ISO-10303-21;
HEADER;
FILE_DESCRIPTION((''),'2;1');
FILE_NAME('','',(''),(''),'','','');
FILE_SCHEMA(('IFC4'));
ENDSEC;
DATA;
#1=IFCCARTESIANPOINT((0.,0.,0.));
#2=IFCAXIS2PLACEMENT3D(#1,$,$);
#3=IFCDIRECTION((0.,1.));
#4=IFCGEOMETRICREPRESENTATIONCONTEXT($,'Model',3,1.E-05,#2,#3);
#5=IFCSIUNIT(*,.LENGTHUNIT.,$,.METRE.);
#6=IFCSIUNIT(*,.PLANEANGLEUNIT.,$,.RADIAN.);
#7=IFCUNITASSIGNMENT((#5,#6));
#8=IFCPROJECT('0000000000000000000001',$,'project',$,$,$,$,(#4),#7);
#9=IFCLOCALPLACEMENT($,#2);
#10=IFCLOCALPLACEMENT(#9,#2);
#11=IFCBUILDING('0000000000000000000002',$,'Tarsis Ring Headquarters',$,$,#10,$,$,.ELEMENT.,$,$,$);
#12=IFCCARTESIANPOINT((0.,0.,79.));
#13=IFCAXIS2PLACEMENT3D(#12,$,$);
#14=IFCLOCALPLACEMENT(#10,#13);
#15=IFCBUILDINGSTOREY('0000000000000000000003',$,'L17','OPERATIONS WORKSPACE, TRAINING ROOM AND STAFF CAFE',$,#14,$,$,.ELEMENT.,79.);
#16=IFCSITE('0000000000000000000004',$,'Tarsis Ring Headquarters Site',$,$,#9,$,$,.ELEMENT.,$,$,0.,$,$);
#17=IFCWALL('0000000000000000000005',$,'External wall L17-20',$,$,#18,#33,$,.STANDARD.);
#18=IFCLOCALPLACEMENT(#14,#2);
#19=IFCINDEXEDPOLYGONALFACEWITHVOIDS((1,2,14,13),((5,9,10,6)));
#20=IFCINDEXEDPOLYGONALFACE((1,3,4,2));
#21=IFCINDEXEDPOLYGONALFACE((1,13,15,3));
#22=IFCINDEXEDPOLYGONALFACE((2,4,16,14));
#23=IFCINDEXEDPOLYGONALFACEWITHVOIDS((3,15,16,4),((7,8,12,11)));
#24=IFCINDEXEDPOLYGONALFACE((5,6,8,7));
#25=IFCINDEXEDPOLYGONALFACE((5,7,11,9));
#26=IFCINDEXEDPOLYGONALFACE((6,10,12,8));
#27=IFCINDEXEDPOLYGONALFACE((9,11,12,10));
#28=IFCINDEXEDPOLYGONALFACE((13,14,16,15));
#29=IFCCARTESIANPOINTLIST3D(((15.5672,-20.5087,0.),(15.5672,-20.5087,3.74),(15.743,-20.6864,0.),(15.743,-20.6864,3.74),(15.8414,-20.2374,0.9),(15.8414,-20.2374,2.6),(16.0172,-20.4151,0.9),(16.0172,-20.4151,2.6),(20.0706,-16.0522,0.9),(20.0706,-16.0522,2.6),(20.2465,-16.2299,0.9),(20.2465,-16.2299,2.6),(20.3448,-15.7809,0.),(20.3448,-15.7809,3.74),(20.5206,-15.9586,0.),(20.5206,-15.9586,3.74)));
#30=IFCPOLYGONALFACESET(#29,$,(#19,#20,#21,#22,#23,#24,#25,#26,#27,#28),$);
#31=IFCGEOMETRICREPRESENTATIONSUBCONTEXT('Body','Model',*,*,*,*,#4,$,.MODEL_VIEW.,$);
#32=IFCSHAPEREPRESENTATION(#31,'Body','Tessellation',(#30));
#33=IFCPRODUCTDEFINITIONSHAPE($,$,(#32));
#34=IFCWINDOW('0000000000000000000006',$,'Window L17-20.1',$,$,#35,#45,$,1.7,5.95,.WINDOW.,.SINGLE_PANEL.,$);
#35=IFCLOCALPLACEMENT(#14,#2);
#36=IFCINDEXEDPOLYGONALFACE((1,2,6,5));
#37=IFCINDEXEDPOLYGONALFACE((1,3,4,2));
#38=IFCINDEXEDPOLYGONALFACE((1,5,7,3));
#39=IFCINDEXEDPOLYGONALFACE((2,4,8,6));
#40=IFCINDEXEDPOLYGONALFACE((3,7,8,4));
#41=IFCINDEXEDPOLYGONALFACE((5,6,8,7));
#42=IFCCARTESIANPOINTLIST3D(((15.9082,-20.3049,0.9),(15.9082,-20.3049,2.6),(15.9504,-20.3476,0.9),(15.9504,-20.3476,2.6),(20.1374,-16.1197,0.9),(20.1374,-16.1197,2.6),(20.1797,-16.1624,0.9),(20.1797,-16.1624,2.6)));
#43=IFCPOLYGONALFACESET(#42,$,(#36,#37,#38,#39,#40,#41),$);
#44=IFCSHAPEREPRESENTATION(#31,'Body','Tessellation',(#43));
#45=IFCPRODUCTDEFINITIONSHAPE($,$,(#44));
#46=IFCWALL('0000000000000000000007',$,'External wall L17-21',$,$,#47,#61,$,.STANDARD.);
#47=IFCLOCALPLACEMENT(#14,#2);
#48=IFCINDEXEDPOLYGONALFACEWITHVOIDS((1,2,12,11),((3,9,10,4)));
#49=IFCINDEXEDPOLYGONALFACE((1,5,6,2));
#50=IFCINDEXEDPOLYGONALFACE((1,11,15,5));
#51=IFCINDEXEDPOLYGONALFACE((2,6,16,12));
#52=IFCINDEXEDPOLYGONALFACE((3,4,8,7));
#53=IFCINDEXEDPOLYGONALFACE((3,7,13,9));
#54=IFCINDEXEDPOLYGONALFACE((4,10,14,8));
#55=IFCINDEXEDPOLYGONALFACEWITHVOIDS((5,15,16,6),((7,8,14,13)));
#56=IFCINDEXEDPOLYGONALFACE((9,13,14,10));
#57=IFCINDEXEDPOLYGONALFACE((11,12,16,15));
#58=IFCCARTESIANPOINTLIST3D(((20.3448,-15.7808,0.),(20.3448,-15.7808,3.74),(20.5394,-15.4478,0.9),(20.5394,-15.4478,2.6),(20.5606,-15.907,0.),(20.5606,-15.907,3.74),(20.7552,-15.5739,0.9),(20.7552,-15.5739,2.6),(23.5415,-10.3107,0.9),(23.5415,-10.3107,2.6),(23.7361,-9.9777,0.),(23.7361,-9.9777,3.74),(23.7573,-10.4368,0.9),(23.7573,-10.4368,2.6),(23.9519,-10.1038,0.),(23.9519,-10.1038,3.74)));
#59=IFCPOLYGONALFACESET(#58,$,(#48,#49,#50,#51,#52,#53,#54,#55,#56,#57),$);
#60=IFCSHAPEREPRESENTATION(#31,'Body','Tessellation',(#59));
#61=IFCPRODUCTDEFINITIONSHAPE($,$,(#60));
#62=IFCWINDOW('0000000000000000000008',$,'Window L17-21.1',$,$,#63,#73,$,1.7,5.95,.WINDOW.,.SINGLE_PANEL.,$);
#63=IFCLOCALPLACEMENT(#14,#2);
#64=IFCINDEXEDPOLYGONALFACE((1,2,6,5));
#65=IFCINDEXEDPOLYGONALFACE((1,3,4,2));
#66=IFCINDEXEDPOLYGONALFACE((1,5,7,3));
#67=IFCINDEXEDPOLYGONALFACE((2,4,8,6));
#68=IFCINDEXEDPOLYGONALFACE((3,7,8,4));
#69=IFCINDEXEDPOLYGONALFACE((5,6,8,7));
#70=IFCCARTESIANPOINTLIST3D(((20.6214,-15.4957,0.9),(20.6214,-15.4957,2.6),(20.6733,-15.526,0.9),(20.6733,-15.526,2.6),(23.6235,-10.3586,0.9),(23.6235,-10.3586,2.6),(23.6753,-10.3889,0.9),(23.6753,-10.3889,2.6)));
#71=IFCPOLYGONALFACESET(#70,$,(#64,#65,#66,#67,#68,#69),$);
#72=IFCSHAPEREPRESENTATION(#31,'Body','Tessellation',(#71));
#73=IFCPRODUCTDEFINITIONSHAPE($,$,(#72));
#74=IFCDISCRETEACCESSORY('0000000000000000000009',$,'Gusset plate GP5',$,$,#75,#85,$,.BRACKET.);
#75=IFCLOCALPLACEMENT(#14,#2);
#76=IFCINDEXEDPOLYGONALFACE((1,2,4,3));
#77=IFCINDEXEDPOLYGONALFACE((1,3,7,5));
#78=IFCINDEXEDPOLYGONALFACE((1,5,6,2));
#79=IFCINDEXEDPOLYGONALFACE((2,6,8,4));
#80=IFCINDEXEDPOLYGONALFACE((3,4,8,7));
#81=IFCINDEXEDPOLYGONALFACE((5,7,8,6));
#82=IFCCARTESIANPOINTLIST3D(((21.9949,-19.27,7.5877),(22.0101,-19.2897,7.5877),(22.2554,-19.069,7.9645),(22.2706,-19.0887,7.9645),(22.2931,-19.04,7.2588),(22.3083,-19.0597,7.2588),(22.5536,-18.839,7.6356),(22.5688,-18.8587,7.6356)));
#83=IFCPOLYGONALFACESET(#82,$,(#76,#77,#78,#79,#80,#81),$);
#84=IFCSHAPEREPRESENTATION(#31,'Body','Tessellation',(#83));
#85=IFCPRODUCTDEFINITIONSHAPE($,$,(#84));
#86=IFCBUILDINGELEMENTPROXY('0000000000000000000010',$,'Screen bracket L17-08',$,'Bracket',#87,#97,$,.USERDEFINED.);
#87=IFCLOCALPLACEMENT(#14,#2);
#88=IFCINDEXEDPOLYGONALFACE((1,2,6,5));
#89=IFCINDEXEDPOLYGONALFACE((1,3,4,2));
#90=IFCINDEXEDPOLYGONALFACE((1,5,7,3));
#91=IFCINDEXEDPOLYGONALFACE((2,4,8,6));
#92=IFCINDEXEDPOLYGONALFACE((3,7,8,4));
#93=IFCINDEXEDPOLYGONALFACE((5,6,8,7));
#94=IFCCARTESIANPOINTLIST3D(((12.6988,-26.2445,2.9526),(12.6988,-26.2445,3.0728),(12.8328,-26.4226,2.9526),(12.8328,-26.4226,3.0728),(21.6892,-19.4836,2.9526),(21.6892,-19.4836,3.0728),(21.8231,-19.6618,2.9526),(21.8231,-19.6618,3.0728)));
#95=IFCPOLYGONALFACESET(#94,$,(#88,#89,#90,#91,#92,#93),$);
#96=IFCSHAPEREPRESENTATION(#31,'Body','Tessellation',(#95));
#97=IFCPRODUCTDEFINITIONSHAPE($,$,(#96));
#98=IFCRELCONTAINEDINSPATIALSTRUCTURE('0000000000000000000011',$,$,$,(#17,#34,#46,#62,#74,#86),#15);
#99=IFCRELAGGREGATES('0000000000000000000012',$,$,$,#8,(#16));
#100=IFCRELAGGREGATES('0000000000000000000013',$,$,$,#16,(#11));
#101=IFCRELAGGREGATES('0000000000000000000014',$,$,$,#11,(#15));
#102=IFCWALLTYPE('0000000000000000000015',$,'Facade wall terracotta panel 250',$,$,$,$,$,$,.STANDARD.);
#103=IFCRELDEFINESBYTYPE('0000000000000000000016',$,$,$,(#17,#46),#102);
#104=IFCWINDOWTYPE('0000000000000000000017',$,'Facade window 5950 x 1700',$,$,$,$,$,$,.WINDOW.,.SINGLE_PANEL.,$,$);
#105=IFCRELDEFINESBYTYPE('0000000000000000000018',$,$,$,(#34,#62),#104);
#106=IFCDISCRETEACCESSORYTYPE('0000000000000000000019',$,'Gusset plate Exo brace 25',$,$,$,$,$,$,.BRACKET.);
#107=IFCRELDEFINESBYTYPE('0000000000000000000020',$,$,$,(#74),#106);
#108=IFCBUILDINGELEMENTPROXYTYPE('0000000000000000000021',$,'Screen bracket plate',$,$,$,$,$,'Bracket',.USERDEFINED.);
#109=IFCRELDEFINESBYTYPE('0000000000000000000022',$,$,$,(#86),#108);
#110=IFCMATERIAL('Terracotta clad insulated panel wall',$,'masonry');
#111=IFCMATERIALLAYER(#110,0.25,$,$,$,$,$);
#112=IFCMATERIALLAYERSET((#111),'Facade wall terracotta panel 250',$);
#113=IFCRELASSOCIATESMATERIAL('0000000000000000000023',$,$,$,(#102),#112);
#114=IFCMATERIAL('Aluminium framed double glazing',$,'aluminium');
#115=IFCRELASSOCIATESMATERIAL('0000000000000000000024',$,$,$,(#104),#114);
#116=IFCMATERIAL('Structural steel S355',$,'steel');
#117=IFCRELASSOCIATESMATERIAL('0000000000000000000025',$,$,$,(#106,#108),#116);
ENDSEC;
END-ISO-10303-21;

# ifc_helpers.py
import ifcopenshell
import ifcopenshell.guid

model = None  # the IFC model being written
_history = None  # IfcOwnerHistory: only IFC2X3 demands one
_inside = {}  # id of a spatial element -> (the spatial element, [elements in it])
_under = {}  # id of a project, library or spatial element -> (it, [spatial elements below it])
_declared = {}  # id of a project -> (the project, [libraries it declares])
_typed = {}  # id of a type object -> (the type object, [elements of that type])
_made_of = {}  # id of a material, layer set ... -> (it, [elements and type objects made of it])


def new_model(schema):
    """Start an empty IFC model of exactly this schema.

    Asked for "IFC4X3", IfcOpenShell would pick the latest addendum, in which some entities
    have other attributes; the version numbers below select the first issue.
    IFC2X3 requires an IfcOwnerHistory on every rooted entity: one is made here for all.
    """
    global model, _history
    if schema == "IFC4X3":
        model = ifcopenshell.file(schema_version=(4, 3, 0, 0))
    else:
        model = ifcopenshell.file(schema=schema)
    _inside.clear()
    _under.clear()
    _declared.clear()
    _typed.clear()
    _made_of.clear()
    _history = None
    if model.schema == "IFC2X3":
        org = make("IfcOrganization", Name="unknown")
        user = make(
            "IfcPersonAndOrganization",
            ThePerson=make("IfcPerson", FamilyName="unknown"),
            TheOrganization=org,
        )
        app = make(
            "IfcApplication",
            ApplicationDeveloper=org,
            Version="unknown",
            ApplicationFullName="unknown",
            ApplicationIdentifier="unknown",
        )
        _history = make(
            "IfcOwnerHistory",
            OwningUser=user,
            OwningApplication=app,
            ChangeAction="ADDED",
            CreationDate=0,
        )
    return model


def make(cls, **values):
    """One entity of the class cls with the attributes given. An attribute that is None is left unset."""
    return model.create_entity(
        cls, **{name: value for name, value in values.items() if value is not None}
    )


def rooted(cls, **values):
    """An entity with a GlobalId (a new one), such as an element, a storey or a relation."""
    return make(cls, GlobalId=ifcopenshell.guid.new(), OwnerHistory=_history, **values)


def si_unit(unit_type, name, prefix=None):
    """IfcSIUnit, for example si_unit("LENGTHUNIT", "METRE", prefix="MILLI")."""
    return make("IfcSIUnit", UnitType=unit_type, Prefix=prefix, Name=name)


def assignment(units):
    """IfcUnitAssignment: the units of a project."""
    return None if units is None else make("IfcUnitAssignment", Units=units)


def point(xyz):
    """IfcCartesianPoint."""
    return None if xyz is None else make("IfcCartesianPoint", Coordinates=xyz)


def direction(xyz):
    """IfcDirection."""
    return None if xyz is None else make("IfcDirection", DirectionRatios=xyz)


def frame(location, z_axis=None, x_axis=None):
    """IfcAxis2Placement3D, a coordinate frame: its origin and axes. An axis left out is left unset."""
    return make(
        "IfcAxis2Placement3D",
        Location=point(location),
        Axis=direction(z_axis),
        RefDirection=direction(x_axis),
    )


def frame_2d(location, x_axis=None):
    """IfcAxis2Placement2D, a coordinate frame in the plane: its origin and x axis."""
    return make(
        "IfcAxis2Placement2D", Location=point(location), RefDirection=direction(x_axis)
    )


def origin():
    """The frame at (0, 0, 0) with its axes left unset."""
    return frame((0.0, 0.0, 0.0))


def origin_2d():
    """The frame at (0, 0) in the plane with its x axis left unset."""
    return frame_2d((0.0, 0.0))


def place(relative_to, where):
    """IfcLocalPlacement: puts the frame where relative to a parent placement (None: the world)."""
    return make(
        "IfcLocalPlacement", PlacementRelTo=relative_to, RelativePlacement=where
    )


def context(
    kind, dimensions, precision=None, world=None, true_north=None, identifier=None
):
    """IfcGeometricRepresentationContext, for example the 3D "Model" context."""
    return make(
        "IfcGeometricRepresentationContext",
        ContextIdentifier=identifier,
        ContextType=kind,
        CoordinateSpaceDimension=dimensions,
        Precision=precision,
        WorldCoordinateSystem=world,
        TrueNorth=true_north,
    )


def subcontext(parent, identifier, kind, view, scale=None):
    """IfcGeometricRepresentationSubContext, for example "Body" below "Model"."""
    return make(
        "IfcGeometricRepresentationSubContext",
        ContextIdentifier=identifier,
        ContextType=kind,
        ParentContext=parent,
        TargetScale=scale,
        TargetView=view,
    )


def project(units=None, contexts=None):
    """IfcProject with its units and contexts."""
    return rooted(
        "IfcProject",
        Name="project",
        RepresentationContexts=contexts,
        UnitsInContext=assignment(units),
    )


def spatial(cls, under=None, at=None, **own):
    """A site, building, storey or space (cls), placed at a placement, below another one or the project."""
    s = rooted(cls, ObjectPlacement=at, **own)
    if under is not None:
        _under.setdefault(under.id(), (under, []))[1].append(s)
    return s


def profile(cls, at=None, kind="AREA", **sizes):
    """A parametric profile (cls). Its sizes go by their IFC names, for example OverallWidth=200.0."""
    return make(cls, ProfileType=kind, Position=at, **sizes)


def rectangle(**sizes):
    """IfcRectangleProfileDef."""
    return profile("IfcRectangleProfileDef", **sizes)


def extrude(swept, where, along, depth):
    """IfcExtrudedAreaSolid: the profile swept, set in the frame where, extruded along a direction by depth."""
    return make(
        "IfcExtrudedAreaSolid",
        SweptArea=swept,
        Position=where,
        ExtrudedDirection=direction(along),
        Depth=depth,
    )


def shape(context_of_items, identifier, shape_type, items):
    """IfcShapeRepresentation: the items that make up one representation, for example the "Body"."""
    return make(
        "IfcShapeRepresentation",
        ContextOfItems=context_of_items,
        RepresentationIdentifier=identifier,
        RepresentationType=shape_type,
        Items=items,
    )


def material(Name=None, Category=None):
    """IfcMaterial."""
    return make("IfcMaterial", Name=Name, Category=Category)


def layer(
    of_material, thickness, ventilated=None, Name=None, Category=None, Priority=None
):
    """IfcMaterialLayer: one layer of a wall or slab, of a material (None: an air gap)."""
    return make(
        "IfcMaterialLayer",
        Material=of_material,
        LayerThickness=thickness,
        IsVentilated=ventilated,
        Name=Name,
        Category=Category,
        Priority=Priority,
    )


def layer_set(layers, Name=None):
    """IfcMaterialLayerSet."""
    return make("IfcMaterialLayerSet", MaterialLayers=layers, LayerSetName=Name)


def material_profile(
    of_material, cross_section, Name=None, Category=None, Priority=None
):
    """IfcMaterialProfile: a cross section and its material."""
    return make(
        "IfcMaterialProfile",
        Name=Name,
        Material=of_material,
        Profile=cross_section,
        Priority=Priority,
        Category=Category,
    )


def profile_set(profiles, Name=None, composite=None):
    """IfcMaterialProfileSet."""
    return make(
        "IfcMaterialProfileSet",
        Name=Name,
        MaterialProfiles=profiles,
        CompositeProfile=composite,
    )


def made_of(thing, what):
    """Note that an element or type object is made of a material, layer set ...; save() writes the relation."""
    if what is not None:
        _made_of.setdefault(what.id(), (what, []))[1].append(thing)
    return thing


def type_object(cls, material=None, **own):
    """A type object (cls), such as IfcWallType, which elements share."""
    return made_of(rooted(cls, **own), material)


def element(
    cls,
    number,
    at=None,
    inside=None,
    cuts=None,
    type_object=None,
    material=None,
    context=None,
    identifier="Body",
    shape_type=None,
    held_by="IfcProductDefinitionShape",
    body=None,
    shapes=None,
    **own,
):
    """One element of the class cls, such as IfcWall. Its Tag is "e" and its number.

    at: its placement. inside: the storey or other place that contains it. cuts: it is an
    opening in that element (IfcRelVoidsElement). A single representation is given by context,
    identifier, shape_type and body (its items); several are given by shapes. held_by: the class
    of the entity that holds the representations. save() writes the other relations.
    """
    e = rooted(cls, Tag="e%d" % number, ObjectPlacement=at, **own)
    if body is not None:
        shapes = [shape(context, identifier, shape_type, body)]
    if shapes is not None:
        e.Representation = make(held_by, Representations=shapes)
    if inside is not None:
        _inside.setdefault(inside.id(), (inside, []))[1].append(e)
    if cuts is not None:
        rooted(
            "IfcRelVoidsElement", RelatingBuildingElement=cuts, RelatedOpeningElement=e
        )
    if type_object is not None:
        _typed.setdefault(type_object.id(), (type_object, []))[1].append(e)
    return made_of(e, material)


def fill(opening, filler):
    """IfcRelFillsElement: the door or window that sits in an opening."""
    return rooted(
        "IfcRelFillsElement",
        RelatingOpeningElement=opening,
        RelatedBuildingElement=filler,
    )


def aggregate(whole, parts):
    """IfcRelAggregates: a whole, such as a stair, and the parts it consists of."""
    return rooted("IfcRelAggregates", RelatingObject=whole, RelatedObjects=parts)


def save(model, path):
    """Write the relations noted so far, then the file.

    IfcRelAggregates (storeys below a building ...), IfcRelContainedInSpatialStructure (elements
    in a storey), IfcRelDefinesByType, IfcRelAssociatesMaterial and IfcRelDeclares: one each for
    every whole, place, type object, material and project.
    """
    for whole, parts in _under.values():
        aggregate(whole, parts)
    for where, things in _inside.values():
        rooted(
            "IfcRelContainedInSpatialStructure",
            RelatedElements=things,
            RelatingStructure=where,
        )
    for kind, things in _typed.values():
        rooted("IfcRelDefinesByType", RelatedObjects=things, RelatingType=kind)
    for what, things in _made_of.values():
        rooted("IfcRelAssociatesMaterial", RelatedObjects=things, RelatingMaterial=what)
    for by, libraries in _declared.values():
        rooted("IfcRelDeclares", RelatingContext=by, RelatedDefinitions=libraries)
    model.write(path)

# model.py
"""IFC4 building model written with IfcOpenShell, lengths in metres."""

from ifc_helpers import new_model, si_unit, direction, frame, frame_2d, origin, origin_2d, place, context, subcontext, project, spatial, rectangle, extrude, material, layer, layer_set, material_profile, profile_set, type_object, element, fill, save


model = new_model("IFC4")

# Units and contexts
model_context = context("Model", 3, precision=1e-05, world=origin(), true_north=direction((0.0, 1.0)))
body_context = subcontext(model_context, "Body", "Model", "MODEL_VIEW")
ifc_project = project(units=[si_unit("LENGTHUNIT", "METRE"), si_unit("PLANEANGLEUNIT", "RADIAN")], contexts=[model_context])

# Site, building, storey
site_placement = place(None, origin())
site = spatial("IfcSite", under=ifc_project, at=site_placement, Name="Tarsis Ring Headquarters Site", CompositionType="ELEMENT", RefElevation=0.0)
building_placement = place(site_placement, origin())
building = spatial("IfcBuilding", under=site, at=building_placement, Name="Tarsis Ring Headquarters", CompositionType="ELEMENT")
storey_placement = place(building_placement, frame((0.0, 0.0, 79.0)))
storey = spatial("IfcBuildingStorey", under=building, at=storey_placement, Name="L17", Description="OPERATIONS WORKSPACE, TRAINING ROOM AND STAFF CAFE", CompositionType="ELEMENT", Elevation=79.0)

# Shared definitions
ifc_material_1 = material(Name="Structural steel S355", Category="steel")

# Walls, openings, windows
ifc_material_2 = material(Name="Terracotta clad insulated panel wall", Category="masonry")
ifc_layer_1 = layer(ifc_material_2, 0.25)
ifc_layer_set_1 = layer_set([ifc_layer_1], Name="Facade wall terracotta panel 250")
wall_type_1 = type_object("IfcWallType", Name="Facade wall terracotta panel 250", PredefinedType="STANDARD", material=ifc_layer_set_1)
wall_1_placement = place(storey_placement, frame((15.655, -20.5977, 0.0), z_axis=(0.0, 0.0, 1.0), x_axis=(0.710802, 0.703392, 0.0)))
wall_1 = element("IfcWall", 1, at=wall_1_placement, inside=storey, type_object=wall_type_1, Name="External wall L17-20", PredefinedType="STANDARD", context=body_context, shape_type="SweptSolid", body=[
    extrude(rectangle(XDim=6.7214, YDim=0.25, at=frame_2d((3.3608, 0.0))), origin(), (0.0, 0.0, 1.0), 3.74),
])
opening_1_placement = place(wall_1_placement, frame((0.3857, 0.0, 0.8999)))
opening_1 = element("IfcOpeningElement", 2, at=opening_1_placement, cuts=wall_1, PredefinedType="OPENING", context=body_context, shape_type="SweptSolid", body=[
    extrude(rectangle(XDim=5.95, YDim=1.7, at=frame_2d((2.9751, 0.8501))), frame((0.0, 0.135, 0.0), z_axis=(0.0, -1.0, 0.0), x_axis=(1.0, 0.0, 0.0)), (0.0, 0.0, 1.0), 0.27),
])
ifc_material_3 = material(Name="Aluminium framed double glazing", Category="aluminium")
window_type = type_object("IfcWindowType", Name="Facade window 5950 x 1700", PartitioningType="SINGLE_PANEL", PredefinedType="WINDOW", material=ifc_material_3)
window_1_placement = place(opening_1_placement, origin())
window_1 = element("IfcWindow", 3, at=window_1_placement, inside=storey, type_object=window_type, Name="Window L17-20.1", OverallHeight=1.7, OverallWidth=5.95, PartitioningType="SINGLE_PANEL", PredefinedType="WINDOW", context=body_context, shape_type="SweptSolid", body=[
    extrude(rectangle(XDim=5.95, YDim=1.7, at=frame_2d((2.9751, 0.8501))), frame((0.0, 0.03, 0.0), z_axis=(0.0, -1.0, 0.0), x_axis=(1.0, 0.0, 0.0)), (0.0, 0.0, 1.0), 0.0601),
])
fill(opening_1, window_1)
wall_2_placement = place(storey_placement, frame((20.4526, -15.844, 0.0), z_axis=(0.0, 0.0, 1.0), x_axis=(0.504553, 0.863381, 0.0)))
wall_2 = element("IfcWall", 4, at=wall_2_placement, inside=storey, type_object=wall_type_1, Name="External wall L17-21", PredefinedType="STANDARD", context=body_context, shape_type="SweptSolid", body=[
    extrude(rectangle(XDim=6.7214, YDim=0.25, at=frame_2d((3.3608, 0.0))), origin(), (0.0, 0.0, 1.0), 3.74),
])
opening_2_placement = place(wall_2_placement, frame((0.3857, 0.0, 0.8999)))
opening_2 = element("IfcOpeningElement", 5, at=opening_2_placement, cuts=wall_2, PredefinedType="OPENING", context=body_context, shape_type="SweptSolid", body=[
    extrude(rectangle(XDim=5.95, YDim=1.7, at=frame_2d((2.9751, 0.8501))), frame((0.0, 0.135, 0.0), z_axis=(0.0, -1.0, 0.0), x_axis=(1.0, 0.0, 0.0)), (0.0, 0.0, 1.0), 0.27),
])
window_2_placement = place(opening_2_placement, origin())
window_2 = element("IfcWindow", 6, at=window_2_placement, inside=storey, type_object=window_type, Name="Window L17-21.1", OverallHeight=1.7, OverallWidth=5.95, PartitioningType="SINGLE_PANEL", PredefinedType="WINDOW", context=body_context, shape_type="SweptSolid", body=[
    extrude(rectangle(XDim=5.95, YDim=1.7, at=frame_2d((2.9751, 0.8501))), frame((0.0, 0.03, 0.0), z_axis=(0.0, -1.0, 0.0), x_axis=(1.0, 0.0, 0.0)), (0.0, 0.0, 1.0), 0.0601),
])
fill(opening_2, window_2)

# Discrete accessory
ifc_material_profile_1 = material_profile(ifc_material_1, rectangle(XDim=0.0249, YDim=0.5, at=origin_2d()), Name="PL 25x500")
ifc_profile_set_1 = profile_set([ifc_material_profile_1], Name="Structural steel S355")
discrete_accessory_type = type_object("IfcDiscreteAccessoryType", Name="Gusset plate Exo brace 25", PredefinedType="BRACKET", material=ifc_profile_set_1)
discrete_accessory_placement = place(storey_placement, frame((22.4121, -18.9639, 7.8), z_axis=(-0.520849, -0.401742, -0.753206), x_axis=(0.61075, -0.791823, 0.0)))
element("IfcDiscreteAccessory", 7, at=discrete_accessory_placement, inside=storey, type_object=discrete_accessory_type, Name="Gusset plate GP5", PredefinedType="BRACKET", context=body_context, shape_type="SweptSolid", body=[
    extrude(rectangle(XDim=0.0249, YDim=0.5, at=origin_2d()), origin(), (0.0, 0.0, 1.0), 0.5002),
])

# Building element proxy
building_element_proxy_type = type_object("IfcBuildingElementProxyType", Name="Screen bracket plate", ElementType="Bracket", PredefinedType="USERDEFINED", material=ifc_material_1)
proxy_placement = place(storey_placement, frame((17.261, -22.9531, 2.9526), z_axis=(0.0, 0.0, 1.0), x_axis=(0.799226, 0.601031, 0.0)))
element("IfcBuildingElementProxy", 8, at=proxy_placement, inside=storey, type_object=building_element_proxy_type, Name="Screen bracket L17-08", ObjectType="Bracket", PredefinedType="USERDEFINED", context=body_context, shape_type="SweptSolid", body=[
    extrude(rectangle(XDim=11.2488, YDim=0.2229, at=origin_2d()), origin(), (0.0, 0.0, 1.0), 0.1201),
])

save(model, "model.ifc")
